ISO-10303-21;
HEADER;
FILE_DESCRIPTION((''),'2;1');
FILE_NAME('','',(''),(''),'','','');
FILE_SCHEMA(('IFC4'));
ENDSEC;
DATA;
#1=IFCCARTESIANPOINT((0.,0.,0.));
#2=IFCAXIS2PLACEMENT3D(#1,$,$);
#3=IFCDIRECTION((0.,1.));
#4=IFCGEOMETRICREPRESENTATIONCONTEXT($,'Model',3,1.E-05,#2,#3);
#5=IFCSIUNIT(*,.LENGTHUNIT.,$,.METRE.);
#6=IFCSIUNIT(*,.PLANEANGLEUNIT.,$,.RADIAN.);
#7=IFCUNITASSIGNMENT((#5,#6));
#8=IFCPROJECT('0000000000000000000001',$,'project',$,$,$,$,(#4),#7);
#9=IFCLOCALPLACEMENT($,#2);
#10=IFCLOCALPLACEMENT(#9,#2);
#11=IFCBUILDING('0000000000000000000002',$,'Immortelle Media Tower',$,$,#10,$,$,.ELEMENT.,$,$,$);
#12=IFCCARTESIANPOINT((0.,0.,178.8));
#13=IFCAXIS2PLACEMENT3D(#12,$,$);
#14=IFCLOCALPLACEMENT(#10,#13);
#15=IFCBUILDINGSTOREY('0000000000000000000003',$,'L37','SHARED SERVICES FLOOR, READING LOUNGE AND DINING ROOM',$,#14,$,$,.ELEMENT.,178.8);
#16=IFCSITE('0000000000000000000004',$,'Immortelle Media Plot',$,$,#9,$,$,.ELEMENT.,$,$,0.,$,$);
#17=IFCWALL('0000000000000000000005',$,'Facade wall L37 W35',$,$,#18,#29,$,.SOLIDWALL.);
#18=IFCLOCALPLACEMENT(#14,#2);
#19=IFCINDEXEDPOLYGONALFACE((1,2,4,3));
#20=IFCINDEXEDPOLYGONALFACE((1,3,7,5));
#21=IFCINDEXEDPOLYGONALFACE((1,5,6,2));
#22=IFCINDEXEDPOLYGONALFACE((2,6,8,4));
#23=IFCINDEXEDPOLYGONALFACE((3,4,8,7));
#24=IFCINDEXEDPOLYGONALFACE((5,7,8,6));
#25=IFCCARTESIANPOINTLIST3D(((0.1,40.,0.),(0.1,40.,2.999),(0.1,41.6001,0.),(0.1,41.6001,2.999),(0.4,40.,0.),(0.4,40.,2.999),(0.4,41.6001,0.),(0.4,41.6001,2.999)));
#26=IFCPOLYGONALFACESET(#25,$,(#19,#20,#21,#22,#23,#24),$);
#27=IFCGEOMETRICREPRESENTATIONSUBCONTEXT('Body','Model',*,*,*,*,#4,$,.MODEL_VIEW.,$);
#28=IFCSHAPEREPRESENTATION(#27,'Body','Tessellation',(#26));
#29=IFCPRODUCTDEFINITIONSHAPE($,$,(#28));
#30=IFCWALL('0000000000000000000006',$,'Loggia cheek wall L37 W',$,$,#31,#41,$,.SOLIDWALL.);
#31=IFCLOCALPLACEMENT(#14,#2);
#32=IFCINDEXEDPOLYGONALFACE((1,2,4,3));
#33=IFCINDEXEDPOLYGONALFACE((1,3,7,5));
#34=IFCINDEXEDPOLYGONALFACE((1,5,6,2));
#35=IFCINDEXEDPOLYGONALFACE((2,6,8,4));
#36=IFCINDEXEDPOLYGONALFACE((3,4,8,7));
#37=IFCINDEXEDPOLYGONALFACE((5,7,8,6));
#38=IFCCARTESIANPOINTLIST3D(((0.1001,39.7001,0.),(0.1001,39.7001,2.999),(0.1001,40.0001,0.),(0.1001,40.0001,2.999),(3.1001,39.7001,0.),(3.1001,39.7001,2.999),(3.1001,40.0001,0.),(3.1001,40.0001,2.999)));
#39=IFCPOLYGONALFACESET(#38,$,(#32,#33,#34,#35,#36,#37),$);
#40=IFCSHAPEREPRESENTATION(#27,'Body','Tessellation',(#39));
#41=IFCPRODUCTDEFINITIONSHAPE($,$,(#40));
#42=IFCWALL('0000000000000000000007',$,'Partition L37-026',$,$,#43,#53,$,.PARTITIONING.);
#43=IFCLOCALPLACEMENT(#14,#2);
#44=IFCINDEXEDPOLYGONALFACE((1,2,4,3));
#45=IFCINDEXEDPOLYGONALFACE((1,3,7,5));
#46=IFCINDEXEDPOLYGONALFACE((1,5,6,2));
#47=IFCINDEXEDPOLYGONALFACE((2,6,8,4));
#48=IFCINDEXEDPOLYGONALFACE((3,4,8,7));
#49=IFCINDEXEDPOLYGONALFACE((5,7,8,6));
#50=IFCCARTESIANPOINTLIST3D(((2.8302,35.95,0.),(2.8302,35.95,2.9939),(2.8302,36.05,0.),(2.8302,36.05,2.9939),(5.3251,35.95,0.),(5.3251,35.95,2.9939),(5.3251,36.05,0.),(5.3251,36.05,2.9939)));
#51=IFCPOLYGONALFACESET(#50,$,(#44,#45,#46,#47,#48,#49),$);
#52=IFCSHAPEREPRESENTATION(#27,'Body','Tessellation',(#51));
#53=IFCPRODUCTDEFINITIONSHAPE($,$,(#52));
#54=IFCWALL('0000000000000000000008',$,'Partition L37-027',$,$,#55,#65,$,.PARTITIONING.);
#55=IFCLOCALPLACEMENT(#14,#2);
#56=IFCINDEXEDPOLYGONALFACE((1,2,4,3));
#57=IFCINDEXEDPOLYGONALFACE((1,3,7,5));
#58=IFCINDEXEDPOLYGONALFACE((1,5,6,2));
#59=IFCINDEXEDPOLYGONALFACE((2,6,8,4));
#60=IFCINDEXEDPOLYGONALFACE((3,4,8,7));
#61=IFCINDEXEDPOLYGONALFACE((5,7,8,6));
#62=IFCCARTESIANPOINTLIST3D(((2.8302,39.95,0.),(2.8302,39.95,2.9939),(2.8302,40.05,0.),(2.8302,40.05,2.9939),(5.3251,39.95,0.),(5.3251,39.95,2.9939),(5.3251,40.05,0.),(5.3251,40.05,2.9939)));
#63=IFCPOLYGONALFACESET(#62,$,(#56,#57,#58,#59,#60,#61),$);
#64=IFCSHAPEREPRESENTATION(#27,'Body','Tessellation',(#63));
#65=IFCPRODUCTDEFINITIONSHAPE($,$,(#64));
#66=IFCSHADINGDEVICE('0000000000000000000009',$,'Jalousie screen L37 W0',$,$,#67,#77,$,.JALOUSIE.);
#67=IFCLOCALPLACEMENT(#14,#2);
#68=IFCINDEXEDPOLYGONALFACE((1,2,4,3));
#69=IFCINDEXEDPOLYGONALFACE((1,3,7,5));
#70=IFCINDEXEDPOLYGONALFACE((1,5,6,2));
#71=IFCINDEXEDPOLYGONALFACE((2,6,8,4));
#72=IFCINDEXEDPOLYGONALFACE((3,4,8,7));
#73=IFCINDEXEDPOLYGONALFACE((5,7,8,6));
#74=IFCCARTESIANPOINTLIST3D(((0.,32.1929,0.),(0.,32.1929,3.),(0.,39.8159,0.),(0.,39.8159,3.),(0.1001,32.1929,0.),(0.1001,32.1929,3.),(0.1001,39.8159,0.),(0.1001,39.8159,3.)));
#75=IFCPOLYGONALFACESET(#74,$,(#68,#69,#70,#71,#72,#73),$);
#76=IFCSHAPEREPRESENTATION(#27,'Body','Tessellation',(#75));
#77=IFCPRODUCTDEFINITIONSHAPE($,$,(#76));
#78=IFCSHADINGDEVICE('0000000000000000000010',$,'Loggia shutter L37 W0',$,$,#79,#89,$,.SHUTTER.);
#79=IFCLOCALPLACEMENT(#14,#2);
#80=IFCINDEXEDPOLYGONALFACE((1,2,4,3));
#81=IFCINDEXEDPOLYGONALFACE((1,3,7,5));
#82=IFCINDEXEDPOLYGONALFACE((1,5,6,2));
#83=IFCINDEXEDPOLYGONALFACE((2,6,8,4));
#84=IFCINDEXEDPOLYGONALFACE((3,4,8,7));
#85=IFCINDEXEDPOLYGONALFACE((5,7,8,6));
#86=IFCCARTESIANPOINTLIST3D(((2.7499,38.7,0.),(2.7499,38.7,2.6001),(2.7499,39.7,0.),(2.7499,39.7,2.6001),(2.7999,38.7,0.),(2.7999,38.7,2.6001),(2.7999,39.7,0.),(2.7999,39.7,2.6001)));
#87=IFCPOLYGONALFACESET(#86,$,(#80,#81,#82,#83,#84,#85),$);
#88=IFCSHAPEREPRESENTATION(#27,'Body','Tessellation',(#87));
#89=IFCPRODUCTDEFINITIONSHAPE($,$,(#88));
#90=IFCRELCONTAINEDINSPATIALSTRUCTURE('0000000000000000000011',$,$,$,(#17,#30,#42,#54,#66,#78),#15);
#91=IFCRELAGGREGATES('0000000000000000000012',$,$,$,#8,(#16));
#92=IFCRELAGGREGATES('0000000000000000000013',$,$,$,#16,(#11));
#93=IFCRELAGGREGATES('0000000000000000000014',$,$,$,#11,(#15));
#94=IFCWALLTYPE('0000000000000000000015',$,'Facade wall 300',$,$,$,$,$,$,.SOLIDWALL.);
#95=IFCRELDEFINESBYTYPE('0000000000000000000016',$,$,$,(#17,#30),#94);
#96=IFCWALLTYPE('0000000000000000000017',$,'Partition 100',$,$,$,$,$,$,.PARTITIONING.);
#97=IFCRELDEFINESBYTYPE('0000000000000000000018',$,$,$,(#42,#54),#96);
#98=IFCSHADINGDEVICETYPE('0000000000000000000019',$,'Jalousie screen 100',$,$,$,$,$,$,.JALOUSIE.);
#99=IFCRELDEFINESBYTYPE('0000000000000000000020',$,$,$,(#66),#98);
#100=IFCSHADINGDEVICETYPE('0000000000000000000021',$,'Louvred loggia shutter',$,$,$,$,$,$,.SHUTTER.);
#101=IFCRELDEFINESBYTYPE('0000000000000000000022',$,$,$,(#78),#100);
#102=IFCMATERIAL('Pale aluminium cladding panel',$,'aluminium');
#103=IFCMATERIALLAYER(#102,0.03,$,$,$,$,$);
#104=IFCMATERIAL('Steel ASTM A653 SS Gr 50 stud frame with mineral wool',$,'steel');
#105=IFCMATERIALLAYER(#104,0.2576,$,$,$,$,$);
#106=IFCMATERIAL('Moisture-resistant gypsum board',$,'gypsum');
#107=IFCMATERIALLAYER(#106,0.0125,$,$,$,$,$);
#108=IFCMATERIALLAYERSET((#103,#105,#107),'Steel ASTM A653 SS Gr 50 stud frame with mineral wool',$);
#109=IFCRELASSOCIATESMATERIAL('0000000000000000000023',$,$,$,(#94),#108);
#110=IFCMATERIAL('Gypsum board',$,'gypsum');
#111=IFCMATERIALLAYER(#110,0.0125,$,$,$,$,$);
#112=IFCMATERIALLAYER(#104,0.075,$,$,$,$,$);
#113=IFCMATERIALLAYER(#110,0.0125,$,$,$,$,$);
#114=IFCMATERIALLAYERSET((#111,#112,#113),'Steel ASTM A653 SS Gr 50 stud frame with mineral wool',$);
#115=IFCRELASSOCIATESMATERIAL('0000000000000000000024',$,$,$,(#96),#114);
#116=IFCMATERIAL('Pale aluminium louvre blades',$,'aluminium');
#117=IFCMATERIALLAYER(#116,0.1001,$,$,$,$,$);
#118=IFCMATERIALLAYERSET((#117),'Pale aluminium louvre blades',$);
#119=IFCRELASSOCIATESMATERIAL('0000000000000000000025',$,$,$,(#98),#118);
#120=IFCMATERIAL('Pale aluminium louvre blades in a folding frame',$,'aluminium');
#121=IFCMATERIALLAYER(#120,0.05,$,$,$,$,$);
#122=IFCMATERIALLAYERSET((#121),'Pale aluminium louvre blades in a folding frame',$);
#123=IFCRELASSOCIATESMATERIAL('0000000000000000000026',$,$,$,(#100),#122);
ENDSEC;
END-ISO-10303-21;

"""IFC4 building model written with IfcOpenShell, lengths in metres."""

from ifc_helpers import new_model, si_unit, direction, frame, frame_2d, origin, origin_2d, place, context, subcontext, project, spatial, rectangle, extrude, material, layer, layer_set, type_object, element, save


model = new_model("IFC4")

# Units and contexts
model_context = context("Model", 3, precision=1e-05, world=origin(), true_north=direction((0.0, 1.0)))
body_context = subcontext(model_context, "Body", "Model", "MODEL_VIEW")
ifc_project = project(units=[si_unit("LENGTHUNIT", "METRE"), si_unit("PLANEANGLEUNIT", "RADIAN")], contexts=[model_context])

# Site, building, storey
site_placement = place(None, origin())
site = spatial("IfcSite", under=ifc_project, at=site_placement, Name="Immortelle Media Plot", CompositionType="ELEMENT", RefElevation=0.0)
building_placement = place(site_placement, origin())
building = spatial("IfcBuilding", under=site, at=building_placement, Name="Immortelle Media Tower", CompositionType="ELEMENT")
storey_placement = place(building_placement, frame((0.0, 0.0, 178.8)))
storey = spatial("IfcBuildingStorey", under=building, at=storey_placement, Name="L37", Description="SHARED SERVICES FLOOR, READING LOUNGE AND DINING ROOM", CompositionType="ELEMENT", Elevation=178.8)

# Shared definitions
ifc_material_1 = material(Name="Steel ASTM A653 SS Gr 50 stud frame with mineral wool", Category="steel")

# Wall
ifc_material_2 = material(Name="Pale aluminium cladding panel", Category="aluminium")
ifc_layer_1 = layer(ifc_material_2, 0.03)
ifc_layer_2 = layer(ifc_material_1, 0.2576)
ifc_material_3 = material(Name="Moisture-resistant gypsum board", Category="gypsum")
ifc_layer_3 = layer(ifc_material_3, 0.0125)
ifc_layer_set_1 = layer_set([ifc_layer_1, ifc_layer_2, ifc_layer_3], Name="Steel ASTM A653 SS Gr 50 stud frame with mineral wool")
wall_type_1 = type_object("IfcWallType", Name="Facade wall 300", PredefinedType="SOLIDWALL", material=ifc_layer_set_1)
wall_1_placement = place(storey_placement, frame((0.25, 41.6001, 0.0), z_axis=(0.0, 0.0, 1.0), x_axis=(0.0, -1.0, 0.0)))
element("IfcWall", 1, at=wall_1_placement, inside=storey, type_object=wall_type_1, Name="Facade wall L37 W35", PredefinedType="SOLIDWALL", context=body_context, shape_type="SweptSolid", body=[
    extrude(rectangle(XDim=1.6001, YDim=0.3, at=frame_2d((0.8, 0.0))), origin(), (0.0, 0.0, 1.0), 2.999),
])

# Walls
wall_2_placement = place(storey_placement, frame((0.1001, 39.8501, 0.0), z_axis=(0.0, 0.0, 1.0), x_axis=(1.0, 0.0, 0.0)))
element("IfcWall", 2, at=wall_2_placement, inside=storey, type_object=wall_type_1, Name="Loggia cheek wall L37 W", PredefinedType="SOLIDWALL", context=body_context, shape_type="SweptSolid", body=[
    extrude(rectangle(XDim=3.0, YDim=0.3, at=frame_2d((1.5, 0.0))), origin(), (0.0, 0.0, 1.0), 2.999),
])
ifc_material_4 = material(Name="Gypsum board", Category="gypsum")
ifc_layer_4 = layer(ifc_material_4, 0.0125)
ifc_layer_5 = layer(ifc_material_1, 0.075)
ifc_layer_6 = layer(ifc_material_4, 0.0125)
ifc_layer_set_2 = layer_set([ifc_layer_4, ifc_layer_5, ifc_layer_6], Name="Steel ASTM A653 SS Gr 50 stud frame with mineral wool")
wall_type_2 = type_object("IfcWallType", Name="Partition 100", PredefinedType="PARTITIONING", material=ifc_layer_set_2)
for number, where, z_axis, x_axis, name in (
    (3, (2.8301, 36.0, 0.0), (0.0, 0.0, 1.0), (1.0, 0.0, 0.0), "Partition L37-026"),
    (4, (2.8301, 40.0, 0.0), (0.0, 0.0, 1.0), (1.0, 0.0, 0.0), "Partition L37-027"),
):
    element("IfcWall", number, at=place(storey_placement, frame(where, z_axis=z_axis, x_axis=x_axis)), inside=storey, type_object=wall_type_2, Name=name, PredefinedType="PARTITIONING", context=body_context, shape_type="SweptSolid", body=[
        extrude(rectangle(XDim=2.4949, YDim=0.1001, at=frame_2d((1.2476, 0.0))), origin(), (0.0, 0.0, 1.0), 2.9939),
    ])

# Shading devices
ifc_material_5 = material(Name="Pale aluminium louvre blades", Category="aluminium")
ifc_layer_7 = layer(ifc_material_5, 0.1001)
ifc_layer_set_3 = layer_set([ifc_layer_7], Name="Pale aluminium louvre blades")
shading_device_type_1 = type_object("IfcShadingDeviceType", Name="Jalousie screen 100", PredefinedType="JALOUSIE", material=ifc_layer_set_3)
shading_device_1_placement = place(storey_placement, frame((0.05, 36.0044, 0.0), z_axis=(0.0, 0.0, 1.0), x_axis=(0.0, -1.0, 0.0)))
element("IfcShadingDevice", 5, at=shading_device_1_placement, inside=storey, type_object=shading_device_type_1, Name="Jalousie screen L37 W0", PredefinedType="JALOUSIE", context=body_context, shape_type="SweptSolid", body=[
    extrude(rectangle(XDim=7.623, YDim=0.1001, at=origin_2d()), origin(), (0.0, 0.0, 1.0), 3.0),
])
ifc_material_6 = material(Name="Pale aluminium louvre blades in a folding frame", Category="aluminium")
ifc_layer_8 = layer(ifc_material_6, 0.05)
ifc_layer_set_4 = layer_set([ifc_layer_8], Name="Pale aluminium louvre blades in a folding frame")
shading_device_type_2 = type_object("IfcShadingDeviceType", Name="Louvred loggia shutter", PredefinedType="SHUTTER", material=ifc_layer_set_4)
shading_device_2_placement = place(storey_placement, frame((2.7749, 39.2, 0.0), z_axis=(0.0, 0.0, 1.0), x_axis=(0.0, -1.0, 0.0)))
element("IfcShadingDevice", 6, at=shading_device_2_placement, inside=storey, type_object=shading_device_type_2, Name="Loggia shutter L37 W0", PredefinedType="SHUTTER", context=body_context, shape_type="SweptSolid", body=[
    extrude(rectangle(XDim=1.0, YDim=0.05, at=origin_2d()), origin(), (0.0, 0.0, 1.0), 2.6001),
])

save(model, "model.ifc")
